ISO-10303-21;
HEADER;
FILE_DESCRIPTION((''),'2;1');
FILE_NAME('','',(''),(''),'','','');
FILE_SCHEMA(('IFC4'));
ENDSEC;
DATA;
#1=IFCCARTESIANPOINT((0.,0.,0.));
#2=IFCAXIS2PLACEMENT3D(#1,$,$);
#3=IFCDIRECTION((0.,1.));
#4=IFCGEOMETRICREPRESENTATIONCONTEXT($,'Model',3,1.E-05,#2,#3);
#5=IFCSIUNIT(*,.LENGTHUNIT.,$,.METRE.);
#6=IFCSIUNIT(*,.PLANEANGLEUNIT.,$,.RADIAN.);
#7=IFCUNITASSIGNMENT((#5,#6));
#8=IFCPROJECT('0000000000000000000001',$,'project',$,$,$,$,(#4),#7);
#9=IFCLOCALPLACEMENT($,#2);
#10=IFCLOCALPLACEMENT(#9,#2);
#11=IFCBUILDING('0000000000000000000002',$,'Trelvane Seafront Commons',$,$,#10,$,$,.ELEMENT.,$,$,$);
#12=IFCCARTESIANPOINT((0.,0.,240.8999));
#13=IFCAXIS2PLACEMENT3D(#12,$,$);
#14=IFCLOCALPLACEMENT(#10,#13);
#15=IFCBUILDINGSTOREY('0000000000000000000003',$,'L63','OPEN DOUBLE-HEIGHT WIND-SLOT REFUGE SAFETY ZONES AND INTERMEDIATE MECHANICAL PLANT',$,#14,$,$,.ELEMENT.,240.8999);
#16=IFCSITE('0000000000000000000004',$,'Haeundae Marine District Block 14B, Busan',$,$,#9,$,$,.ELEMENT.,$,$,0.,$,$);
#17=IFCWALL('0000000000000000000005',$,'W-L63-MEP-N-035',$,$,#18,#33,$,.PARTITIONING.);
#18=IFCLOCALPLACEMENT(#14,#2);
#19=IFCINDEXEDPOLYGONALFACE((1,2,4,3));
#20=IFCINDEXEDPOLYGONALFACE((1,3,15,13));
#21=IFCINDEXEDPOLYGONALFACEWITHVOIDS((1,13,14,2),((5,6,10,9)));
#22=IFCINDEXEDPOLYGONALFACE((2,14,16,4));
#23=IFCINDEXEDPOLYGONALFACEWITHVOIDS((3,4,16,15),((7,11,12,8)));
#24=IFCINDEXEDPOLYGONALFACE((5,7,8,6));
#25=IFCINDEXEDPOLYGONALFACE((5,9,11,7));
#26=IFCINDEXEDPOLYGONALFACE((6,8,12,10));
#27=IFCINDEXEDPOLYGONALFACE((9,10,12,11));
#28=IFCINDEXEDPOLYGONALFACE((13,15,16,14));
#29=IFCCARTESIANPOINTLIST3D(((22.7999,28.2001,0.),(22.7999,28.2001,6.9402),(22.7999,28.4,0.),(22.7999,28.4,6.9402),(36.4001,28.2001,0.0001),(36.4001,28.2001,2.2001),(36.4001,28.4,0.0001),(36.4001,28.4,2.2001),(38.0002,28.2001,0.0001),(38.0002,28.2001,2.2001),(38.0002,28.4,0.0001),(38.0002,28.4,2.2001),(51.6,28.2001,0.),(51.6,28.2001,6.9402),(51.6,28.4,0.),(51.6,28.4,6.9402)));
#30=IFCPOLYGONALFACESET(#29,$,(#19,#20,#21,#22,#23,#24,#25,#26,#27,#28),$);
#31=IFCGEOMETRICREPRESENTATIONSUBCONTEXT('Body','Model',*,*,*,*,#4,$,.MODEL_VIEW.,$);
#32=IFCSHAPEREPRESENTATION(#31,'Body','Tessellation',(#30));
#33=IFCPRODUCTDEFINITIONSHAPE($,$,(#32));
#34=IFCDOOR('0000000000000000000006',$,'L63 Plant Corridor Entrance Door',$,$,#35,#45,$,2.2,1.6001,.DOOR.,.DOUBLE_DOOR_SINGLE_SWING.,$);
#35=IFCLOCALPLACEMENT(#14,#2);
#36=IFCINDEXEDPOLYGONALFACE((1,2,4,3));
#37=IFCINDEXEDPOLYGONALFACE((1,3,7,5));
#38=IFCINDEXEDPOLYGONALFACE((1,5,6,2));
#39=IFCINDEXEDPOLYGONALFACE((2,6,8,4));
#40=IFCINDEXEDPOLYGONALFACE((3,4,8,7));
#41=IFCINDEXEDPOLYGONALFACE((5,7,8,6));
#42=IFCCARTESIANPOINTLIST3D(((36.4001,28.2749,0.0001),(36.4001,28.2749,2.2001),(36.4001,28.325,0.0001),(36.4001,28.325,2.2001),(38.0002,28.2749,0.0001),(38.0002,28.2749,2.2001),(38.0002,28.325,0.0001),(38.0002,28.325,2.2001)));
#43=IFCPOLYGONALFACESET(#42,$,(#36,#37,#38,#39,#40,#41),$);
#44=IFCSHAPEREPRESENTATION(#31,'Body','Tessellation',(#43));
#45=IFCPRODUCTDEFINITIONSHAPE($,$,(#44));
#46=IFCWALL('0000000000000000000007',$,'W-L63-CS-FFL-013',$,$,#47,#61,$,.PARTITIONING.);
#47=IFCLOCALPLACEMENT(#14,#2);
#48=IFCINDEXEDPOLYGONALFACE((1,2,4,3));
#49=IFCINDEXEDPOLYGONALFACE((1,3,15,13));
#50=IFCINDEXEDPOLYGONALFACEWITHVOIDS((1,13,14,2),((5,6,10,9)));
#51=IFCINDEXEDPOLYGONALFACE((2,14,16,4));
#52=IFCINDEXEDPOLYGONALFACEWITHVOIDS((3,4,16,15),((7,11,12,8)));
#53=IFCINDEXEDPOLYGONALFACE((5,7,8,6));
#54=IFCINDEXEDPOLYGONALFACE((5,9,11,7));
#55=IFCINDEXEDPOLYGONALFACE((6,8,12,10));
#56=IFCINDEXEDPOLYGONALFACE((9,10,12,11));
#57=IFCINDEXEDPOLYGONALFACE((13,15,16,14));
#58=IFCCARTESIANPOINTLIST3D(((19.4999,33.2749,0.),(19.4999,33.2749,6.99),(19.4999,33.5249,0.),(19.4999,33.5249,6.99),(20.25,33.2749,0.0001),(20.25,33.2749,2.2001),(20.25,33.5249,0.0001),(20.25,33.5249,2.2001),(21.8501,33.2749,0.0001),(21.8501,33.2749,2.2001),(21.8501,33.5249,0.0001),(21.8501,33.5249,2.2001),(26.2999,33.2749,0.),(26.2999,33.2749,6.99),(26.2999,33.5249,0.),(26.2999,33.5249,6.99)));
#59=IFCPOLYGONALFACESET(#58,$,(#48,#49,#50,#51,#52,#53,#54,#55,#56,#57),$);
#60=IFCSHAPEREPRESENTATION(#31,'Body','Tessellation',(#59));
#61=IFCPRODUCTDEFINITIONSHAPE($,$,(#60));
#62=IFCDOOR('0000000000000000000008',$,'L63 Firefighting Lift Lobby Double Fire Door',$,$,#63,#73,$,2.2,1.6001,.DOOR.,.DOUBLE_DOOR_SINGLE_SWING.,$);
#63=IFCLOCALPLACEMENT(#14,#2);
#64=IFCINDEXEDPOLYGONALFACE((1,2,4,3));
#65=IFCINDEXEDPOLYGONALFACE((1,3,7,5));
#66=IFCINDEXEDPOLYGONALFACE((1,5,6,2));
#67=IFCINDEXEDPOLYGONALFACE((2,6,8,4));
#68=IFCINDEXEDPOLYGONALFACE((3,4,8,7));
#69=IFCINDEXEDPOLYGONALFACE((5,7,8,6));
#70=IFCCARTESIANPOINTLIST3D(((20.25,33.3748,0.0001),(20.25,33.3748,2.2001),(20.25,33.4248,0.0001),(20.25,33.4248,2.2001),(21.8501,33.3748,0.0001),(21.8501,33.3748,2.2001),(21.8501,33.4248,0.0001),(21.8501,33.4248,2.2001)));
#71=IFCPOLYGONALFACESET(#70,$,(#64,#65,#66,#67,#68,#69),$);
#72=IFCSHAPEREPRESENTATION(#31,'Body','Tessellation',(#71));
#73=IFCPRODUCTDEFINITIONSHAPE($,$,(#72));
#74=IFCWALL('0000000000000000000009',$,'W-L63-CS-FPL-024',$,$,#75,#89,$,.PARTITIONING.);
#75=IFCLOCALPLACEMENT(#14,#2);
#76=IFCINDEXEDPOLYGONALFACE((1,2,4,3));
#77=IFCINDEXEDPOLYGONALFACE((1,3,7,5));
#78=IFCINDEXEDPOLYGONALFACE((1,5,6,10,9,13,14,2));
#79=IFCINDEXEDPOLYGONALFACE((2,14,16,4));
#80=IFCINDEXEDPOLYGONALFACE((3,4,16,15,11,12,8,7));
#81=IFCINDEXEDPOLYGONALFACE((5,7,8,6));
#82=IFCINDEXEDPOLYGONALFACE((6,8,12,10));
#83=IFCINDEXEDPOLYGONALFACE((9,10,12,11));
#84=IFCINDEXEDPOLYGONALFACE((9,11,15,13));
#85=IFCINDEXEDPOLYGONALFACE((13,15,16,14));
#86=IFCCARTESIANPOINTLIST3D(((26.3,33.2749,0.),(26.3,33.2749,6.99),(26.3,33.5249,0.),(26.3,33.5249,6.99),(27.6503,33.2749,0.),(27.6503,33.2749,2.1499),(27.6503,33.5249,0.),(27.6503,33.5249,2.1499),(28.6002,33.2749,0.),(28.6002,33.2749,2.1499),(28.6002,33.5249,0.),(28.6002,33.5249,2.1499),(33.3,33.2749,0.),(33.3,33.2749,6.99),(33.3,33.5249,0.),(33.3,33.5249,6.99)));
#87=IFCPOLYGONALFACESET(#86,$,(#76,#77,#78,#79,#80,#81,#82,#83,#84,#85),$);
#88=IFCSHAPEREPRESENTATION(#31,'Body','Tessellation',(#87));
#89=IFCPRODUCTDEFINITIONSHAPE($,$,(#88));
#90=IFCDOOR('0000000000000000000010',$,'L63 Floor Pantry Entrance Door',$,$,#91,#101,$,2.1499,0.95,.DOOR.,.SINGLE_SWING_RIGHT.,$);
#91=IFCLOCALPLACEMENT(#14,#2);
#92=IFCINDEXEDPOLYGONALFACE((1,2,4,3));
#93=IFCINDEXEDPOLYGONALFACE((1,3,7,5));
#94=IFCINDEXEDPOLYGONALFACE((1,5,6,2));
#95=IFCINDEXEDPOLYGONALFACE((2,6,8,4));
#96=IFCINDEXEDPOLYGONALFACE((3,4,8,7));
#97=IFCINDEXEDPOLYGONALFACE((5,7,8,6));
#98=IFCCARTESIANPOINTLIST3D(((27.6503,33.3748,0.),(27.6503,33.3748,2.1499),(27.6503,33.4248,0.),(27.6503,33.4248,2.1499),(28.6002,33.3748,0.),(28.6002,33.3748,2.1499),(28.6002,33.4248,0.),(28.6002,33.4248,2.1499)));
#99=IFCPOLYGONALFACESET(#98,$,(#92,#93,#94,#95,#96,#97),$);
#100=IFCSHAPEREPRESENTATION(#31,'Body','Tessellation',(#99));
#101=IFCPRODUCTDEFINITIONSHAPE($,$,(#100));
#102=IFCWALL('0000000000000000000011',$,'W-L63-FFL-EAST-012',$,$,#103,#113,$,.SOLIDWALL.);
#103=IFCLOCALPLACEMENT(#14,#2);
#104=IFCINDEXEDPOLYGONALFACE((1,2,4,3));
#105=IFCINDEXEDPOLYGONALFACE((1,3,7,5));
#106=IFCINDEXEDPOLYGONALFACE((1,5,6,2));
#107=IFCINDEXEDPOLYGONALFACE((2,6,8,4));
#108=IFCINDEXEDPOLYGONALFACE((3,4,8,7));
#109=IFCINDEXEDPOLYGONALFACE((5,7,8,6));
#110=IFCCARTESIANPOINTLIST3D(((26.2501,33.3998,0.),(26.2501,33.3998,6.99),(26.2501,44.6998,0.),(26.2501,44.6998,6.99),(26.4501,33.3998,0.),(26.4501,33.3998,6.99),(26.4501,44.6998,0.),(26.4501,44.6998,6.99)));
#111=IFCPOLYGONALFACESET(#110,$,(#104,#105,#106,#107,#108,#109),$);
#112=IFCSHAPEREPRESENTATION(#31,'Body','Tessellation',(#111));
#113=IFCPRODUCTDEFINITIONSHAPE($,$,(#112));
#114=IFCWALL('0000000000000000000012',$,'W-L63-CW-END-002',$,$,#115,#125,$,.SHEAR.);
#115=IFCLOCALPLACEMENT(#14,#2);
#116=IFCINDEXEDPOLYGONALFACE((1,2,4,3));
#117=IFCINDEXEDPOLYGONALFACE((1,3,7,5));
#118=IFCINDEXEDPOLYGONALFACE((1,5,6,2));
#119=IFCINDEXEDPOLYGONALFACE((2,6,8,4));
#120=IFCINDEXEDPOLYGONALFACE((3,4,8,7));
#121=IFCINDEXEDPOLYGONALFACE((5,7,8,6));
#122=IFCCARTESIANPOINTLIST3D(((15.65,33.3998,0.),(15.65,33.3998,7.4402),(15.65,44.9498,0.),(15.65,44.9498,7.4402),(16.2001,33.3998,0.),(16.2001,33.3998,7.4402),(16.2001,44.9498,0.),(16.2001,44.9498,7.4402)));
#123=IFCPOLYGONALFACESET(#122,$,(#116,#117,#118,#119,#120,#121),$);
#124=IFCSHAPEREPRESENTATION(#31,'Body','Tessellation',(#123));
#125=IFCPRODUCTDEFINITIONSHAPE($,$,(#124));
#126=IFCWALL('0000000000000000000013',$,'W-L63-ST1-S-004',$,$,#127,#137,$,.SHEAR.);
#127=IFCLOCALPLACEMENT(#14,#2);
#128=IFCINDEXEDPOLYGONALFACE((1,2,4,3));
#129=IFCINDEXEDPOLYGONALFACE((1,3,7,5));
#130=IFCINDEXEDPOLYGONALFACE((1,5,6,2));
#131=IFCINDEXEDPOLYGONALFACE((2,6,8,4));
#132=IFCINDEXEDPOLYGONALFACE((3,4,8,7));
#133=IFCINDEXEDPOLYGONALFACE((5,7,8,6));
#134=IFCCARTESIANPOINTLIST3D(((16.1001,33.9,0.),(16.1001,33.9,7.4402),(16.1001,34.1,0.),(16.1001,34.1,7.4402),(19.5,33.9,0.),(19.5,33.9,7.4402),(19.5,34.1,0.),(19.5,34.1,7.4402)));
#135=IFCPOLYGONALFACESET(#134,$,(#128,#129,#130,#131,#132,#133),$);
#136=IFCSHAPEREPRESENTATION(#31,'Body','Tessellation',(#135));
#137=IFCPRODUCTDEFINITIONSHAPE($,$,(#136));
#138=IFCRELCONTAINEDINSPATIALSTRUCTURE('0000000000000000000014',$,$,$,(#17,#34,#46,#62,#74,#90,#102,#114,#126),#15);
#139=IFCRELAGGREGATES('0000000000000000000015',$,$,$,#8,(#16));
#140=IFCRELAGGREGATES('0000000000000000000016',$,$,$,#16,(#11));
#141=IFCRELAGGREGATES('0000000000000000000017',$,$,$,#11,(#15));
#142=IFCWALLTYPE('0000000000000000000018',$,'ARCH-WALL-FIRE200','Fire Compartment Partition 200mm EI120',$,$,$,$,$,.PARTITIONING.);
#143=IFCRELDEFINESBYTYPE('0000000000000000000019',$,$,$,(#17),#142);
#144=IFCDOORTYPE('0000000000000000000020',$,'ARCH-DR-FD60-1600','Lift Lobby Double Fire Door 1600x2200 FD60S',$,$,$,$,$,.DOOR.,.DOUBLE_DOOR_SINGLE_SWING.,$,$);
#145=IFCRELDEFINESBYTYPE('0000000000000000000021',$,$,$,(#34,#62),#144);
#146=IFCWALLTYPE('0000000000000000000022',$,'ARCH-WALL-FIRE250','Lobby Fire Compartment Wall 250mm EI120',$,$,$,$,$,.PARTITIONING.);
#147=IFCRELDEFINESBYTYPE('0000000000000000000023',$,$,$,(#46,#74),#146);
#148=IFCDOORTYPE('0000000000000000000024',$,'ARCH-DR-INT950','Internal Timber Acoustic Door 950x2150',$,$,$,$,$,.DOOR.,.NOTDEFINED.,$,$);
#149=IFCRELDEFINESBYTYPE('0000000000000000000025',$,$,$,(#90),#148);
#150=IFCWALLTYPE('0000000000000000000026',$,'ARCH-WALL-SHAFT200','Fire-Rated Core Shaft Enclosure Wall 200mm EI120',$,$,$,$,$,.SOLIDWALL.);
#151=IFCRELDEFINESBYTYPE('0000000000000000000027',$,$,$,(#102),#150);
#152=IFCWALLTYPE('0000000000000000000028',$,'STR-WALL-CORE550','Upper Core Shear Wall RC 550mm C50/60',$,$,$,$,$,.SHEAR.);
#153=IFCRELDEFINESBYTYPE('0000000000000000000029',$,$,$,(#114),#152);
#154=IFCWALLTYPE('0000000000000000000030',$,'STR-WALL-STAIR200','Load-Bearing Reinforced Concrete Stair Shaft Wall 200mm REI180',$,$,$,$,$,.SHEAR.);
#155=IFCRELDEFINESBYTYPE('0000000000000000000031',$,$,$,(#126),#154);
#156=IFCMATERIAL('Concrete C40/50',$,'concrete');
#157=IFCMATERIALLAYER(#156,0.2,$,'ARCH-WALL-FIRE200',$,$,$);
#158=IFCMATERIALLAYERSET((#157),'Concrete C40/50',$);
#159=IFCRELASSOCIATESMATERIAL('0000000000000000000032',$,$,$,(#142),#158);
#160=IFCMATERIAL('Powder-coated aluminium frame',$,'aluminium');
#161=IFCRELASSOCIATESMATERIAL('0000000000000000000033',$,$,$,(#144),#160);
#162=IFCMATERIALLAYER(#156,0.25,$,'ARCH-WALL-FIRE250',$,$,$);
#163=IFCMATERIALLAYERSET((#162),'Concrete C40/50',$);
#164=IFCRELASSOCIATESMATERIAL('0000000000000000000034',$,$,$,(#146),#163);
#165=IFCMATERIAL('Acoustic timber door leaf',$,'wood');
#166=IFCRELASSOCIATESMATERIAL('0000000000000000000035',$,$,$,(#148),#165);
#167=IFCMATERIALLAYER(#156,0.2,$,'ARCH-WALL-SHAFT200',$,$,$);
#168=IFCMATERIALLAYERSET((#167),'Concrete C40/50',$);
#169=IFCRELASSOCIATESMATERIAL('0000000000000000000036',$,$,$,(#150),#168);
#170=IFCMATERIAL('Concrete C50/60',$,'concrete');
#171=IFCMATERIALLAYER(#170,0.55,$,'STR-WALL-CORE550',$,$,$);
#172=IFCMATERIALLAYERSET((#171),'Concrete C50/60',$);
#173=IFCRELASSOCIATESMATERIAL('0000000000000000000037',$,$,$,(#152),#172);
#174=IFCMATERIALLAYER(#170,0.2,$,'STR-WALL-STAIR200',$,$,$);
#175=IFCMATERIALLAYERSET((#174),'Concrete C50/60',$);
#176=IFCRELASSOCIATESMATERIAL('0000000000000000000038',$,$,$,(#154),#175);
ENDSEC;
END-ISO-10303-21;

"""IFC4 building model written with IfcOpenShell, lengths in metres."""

from ifc_helpers import new_model, si_unit, direction, frame, frame_2d, origin, place, context, subcontext, project, spatial, rectangle, extrude, source, transform, mapped, material, layer, layer_set, type_object, element, fill, save


model = new_model("IFC4")

# Units and contexts
model_context = context("Model", 3, precision=1e-05, world=origin(), true_north=direction((0.0, 1.0)))
body_context = subcontext(model_context, "Body", "Model", "MODEL_VIEW")
ifc_project = project(units=[si_unit("LENGTHUNIT", "METRE"), si_unit("PLANEANGLEUNIT", "RADIAN")], contexts=[model_context])

# Site, building, storey
site_placement = place(None, origin())
site = spatial("IfcSite", under=ifc_project, at=site_placement, Name="Haeundae Marine District Block 14B, Busan", CompositionType="ELEMENT", RefElevation=0.0)
building_placement = place(site_placement, origin())
building = spatial("IfcBuilding", under=site, at=building_placement, Name="Trelvane Seafront Commons", CompositionType="ELEMENT")
storey_placement = place(building_placement, frame((0.0, 0.0, 240.8999)))
storey = spatial("IfcBuildingStorey", under=building, at=storey_placement, Name="L63", Description="OPEN DOUBLE-HEIGHT WIND-SLOT REFUGE SAFETY ZONES AND INTERMEDIATE MECHANICAL PLANT", CompositionType="ELEMENT", Elevation=240.8999)

# Shared definitions
ifc_material_1 = material(Name="Concrete C50/60", Category="concrete")

# Wall, opening, door
ifc_material_2 = material(Name="Concrete C40/50", Category="concrete")
ifc_layer_1 = layer(ifc_material_2, 0.2, Name="ARCH-WALL-FIRE200")
ifc_layer_set_1 = layer_set([ifc_layer_1], Name="Concrete C40/50")
wall_type_1 = type_object("IfcWallType", Name="ARCH-WALL-FIRE200", Description="Fire Compartment Partition 200mm EI120", PredefinedType="PARTITIONING", material=ifc_layer_set_1)
wall_1_placement = place(storey_placement, frame((22.8, 28.3, 0.0), z_axis=(0.0, 0.0, 1.0), x_axis=(1.0, 0.0, 0.0)))
wall_1 = element("IfcWall", 1, at=wall_1_placement, inside=storey, type_object=wall_type_1, Name="W-L63-MEP-N-035", PredefinedType="PARTITIONING", context=body_context, shape_type="SweptSolid", body=[
    extrude(rectangle(XDim=28.8, YDim=0.2, at=frame_2d((14.3999, 0.0))), origin(), (0.0, 0.0, 1.0), 6.9402),
])
opening_1_placement = place(wall_1_placement, frame((13.6001, 0.0, 0.0)))
opening_1 = element("IfcOpeningElement", 2, at=opening_1_placement, cuts=wall_1, PredefinedType="OPENING", context=body_context, shape_type="SweptSolid", body=[
    extrude(rectangle(XDim=1.6001, YDim=2.2, at=frame_2d((0.8, 1.1001))), frame((0.0, 0.1099, 0.0), z_axis=(0.0, -1.0, 0.0), x_axis=(1.0, 0.0, 0.0)), (0.0, 0.0, 1.0), 0.22),
])
ifc_material_3 = material(Name="Powder-coated aluminium frame", Category="aluminium")
door_type_1 = type_object("IfcDoorType", Name="ARCH-DR-FD60-1600", Description="Lift Lobby Double Fire Door 1600x2200 FD60S", OperationType="DOUBLE_DOOR_SINGLE_SWING", PredefinedType="DOOR", material=ifc_material_3)
shared_shape_1 = source(origin(), body_context, "Body", "SweptSolid", [
    extrude(rectangle(XDim=1.6001, YDim=2.2, at=frame_2d((0.8, 1.1001))), frame((0.0, 0.0249, 0.0), z_axis=(0.0, -1.0, 0.0), x_axis=(1.0, 0.0, 0.0)), (0.0, 0.0, 1.0), 0.05),
])
door_1_placement = place(opening_1_placement, origin())
door_1 = element("IfcDoor", 3, at=door_1_placement, inside=storey, type_object=door_type_1, Name="L63 Plant Corridor Entrance Door", OperationType="DOUBLE_DOOR_SINGLE_SWING", OverallHeight=2.2, OverallWidth=1.6001, PredefinedType="DOOR", context=body_context, shape_type="MappedRepresentation", body=[
    mapped(shared_shape_1, transform((0.0, 0.0, 0.0), x_axis=(1.0, 0.0, 0.0), y_axis=(0.0, 1.0, 0.0), z_axis=(0.0, 0.0, 1.0), scale=1.0)),
])
fill(opening_1, door_1)

# Shared definitions
shared_shape_2 = source(origin(), body_context, "Body", "SweptSolid", [
    extrude(rectangle(XDim=0.95, YDim=2.1499, at=frame_2d((0.4751, 1.075))), frame((0.0, 0.0249, 0.0), z_axis=(0.0, -1.0, 0.0), x_axis=(1.0, 0.0, 0.0)), (0.0, 0.0, 1.0), 0.05),
])

# Walls, openings, doors
ifc_layer_2 = layer(ifc_material_2, 0.25, Name="ARCH-WALL-FIRE250")
ifc_layer_set_2 = layer_set([ifc_layer_2], Name="Concrete C40/50")
wall_type_2 = type_object("IfcWallType", Name="ARCH-WALL-FIRE250", Description="Lobby Fire Compartment Wall 250mm EI120", PredefinedType="PARTITIONING", material=ifc_layer_set_2)
wall_2_placement = place(storey_placement, frame((19.5, 33.3999, 0.0), z_axis=(0.0, 0.0, 1.0), x_axis=(1.0, 0.0, 0.0)))
wall_2 = element("IfcWall", 4, at=wall_2_placement, inside=storey, type_object=wall_type_2, Name="W-L63-CS-FFL-013", PredefinedType="PARTITIONING", context=body_context, shape_type="SweptSolid", body=[
    extrude(rectangle(XDim=6.8, YDim=0.25, at=frame_2d((3.3999, 0.0))), origin(), (0.0, 0.0, 1.0), 6.99),
])
opening_2_placement = place(wall_2_placement, frame((0.75, 0.0, 0.0)))
opening_2 = element("IfcOpeningElement", 5, at=opening_2_placement, cuts=wall_2, PredefinedType="OPENING", context=body_context, shape_type="SweptSolid", body=[
    extrude(rectangle(XDim=1.6001, YDim=2.2, at=frame_2d((0.8, 1.1001))), frame((0.0, 0.135, 0.0), z_axis=(0.0, -1.0, 0.0), x_axis=(1.0, 0.0, 0.0)), (0.0, 0.0, 1.0), 0.27),
])
door_2_placement = place(opening_2_placement, origin())
door_2 = element("IfcDoor", 6, at=door_2_placement, inside=storey, type_object=door_type_1, Name="L63 Firefighting Lift Lobby Double Fire Door", OperationType="DOUBLE_DOOR_SINGLE_SWING", OverallHeight=2.2, OverallWidth=1.6001, PredefinedType="DOOR", context=body_context, shape_type="MappedRepresentation", body=[
    mapped(shared_shape_1, transform((0.0, 0.0, 0.0), x_axis=(1.0, 0.0, 0.0), y_axis=(0.0, 1.0, 0.0), z_axis=(0.0, 0.0, 1.0), scale=1.0)),
])
fill(opening_2, door_2)
wall_3_placement = place(storey_placement, frame((26.3, 33.3999, 0.0), z_axis=(0.0, 0.0, 1.0), x_axis=(1.0, 0.0, 0.0)))
wall_3 = element("IfcWall", 7, at=wall_3_placement, inside=storey, type_object=wall_type_2, Name="W-L63-CS-FPL-024", PredefinedType="PARTITIONING", context=body_context, shape_type="SweptSolid", body=[
    extrude(rectangle(XDim=7.0, YDim=0.25, at=frame_2d((3.5, 0.0))), origin(), (0.0, 0.0, 1.0), 6.99),
])
opening_3_placement = place(wall_3_placement, frame((1.3501, 0.0, 0.0)))
opening_3 = element("IfcOpeningElement", 8, at=opening_3_placement, cuts=wall_3, PredefinedType="OPENING", context=body_context, shape_type="SweptSolid", body=[
    extrude(rectangle(XDim=0.95, YDim=2.1499, at=frame_2d((0.4751, 1.075))), frame((0.0, 0.135, 0.0), z_axis=(0.0, -1.0, 0.0), x_axis=(1.0, 0.0, 0.0)), (0.0, 0.0, 1.0), 0.27),
])
ifc_material_4 = material(Name="Acoustic timber door leaf", Category="wood")
door_type_2 = type_object("IfcDoorType", Name="ARCH-DR-INT950", Description="Internal Timber Acoustic Door 950x2150", OperationType="NOTDEFINED", PredefinedType="DOOR", material=ifc_material_4)
door_3_placement = place(opening_3_placement, origin())
door_3 = element("IfcDoor", 9, at=door_3_placement, inside=storey, type_object=door_type_2, Name="L63 Floor Pantry Entrance Door", OperationType="SINGLE_SWING_RIGHT", OverallHeight=2.1499, OverallWidth=0.95, PredefinedType="DOOR", context=body_context, shape_type="MappedRepresentation", body=[
    mapped(shared_shape_2, transform((0.0, 0.0, 0.0), x_axis=(1.0, 0.0, 0.0), y_axis=(0.0, 1.0, 0.0), z_axis=(0.0, 0.0, 1.0), scale=1.0)),
])
fill(opening_3, door_3)

# Walls
ifc_layer_3 = layer(ifc_material_2, 0.2, Name="ARCH-WALL-SHAFT200")
ifc_layer_set_3 = layer_set([ifc_layer_3], Name="Concrete C40/50")
wall_type_3 = type_object("IfcWallType", Name="ARCH-WALL-SHAFT200", Description="Fire-Rated Core Shaft Enclosure Wall 200mm EI120", PredefinedType="SOLIDWALL", material=ifc_layer_set_3)
wall_4_placement = place(storey_placement, frame((26.3501, 33.3999, 0.0), z_axis=(0.0, 0.0, 1.0), x_axis=(0.0, 1.0, 0.0)))
element("IfcWall", 10, at=wall_4_placement, inside=storey, type_object=wall_type_3, Name="W-L63-FFL-EAST-012", PredefinedType="SOLIDWALL", context=body_context, shape_type="SweptSolid", body=[
    extrude(rectangle(XDim=11.3, YDim=0.2, at=frame_2d((5.6499, 0.0))), origin(), (0.0, 0.0, 1.0), 6.99),
])
ifc_layer_4 = layer(ifc_material_1, 0.55, Name="STR-WALL-CORE550")
ifc_layer_set_4 = layer_set([ifc_layer_4], Name="Concrete C50/60")
wall_type_4 = type_object("IfcWallType", Name="STR-WALL-CORE550", Description="Upper Core Shear Wall RC 550mm C50/60", PredefinedType="SHEAR", material=ifc_layer_set_4)
wall_5_placement = place(storey_placement, frame((15.925, 33.3999, 0.0), z_axis=(0.0, 0.0, 1.0), x_axis=(0.0, 1.0, 0.0)))
element("IfcWall", 11, at=wall_5_placement, inside=storey, type_object=wall_type_4, Name="W-L63-CW-END-002", PredefinedType="SHEAR", context=body_context, shape_type="SweptSolid", body=[
    extrude(rectangle(XDim=11.55, YDim=0.55, at=frame_2d((5.7749, 0.0))), origin(), (0.0, 0.0, 1.0), 7.4402),
])
ifc_layer_5 = layer(ifc_material_1, 0.2, Name="STR-WALL-STAIR200")
ifc_layer_set_5 = layer_set([ifc_layer_5], Name="Concrete C50/60")
wall_type_5 = type_object("IfcWallType", Name="STR-WALL-STAIR200", Description="Load-Bearing Reinforced Concrete Stair Shaft Wall 200mm REI180", PredefinedType="SHEAR", material=ifc_layer_set_5)
wall_6_placement = place(storey_placement, frame((16.1001, 34.0, 0.0), z_axis=(0.0, 0.0, 1.0), x_axis=(1.0, 0.0, 0.0)))
element("IfcWall", 12, at=wall_6_placement, inside=storey, type_object=wall_type_5, Name="W-L63-ST1-S-004", PredefinedType="SHEAR", context=body_context, shape_type="SweptSolid", body=[
    extrude(rectangle(XDim=3.3999, YDim=0.2, at=frame_2d((1.7, 0.0))), origin(), (0.0, 0.0, 1.0), 7.4402),
])

save(model, "model.ifc")
